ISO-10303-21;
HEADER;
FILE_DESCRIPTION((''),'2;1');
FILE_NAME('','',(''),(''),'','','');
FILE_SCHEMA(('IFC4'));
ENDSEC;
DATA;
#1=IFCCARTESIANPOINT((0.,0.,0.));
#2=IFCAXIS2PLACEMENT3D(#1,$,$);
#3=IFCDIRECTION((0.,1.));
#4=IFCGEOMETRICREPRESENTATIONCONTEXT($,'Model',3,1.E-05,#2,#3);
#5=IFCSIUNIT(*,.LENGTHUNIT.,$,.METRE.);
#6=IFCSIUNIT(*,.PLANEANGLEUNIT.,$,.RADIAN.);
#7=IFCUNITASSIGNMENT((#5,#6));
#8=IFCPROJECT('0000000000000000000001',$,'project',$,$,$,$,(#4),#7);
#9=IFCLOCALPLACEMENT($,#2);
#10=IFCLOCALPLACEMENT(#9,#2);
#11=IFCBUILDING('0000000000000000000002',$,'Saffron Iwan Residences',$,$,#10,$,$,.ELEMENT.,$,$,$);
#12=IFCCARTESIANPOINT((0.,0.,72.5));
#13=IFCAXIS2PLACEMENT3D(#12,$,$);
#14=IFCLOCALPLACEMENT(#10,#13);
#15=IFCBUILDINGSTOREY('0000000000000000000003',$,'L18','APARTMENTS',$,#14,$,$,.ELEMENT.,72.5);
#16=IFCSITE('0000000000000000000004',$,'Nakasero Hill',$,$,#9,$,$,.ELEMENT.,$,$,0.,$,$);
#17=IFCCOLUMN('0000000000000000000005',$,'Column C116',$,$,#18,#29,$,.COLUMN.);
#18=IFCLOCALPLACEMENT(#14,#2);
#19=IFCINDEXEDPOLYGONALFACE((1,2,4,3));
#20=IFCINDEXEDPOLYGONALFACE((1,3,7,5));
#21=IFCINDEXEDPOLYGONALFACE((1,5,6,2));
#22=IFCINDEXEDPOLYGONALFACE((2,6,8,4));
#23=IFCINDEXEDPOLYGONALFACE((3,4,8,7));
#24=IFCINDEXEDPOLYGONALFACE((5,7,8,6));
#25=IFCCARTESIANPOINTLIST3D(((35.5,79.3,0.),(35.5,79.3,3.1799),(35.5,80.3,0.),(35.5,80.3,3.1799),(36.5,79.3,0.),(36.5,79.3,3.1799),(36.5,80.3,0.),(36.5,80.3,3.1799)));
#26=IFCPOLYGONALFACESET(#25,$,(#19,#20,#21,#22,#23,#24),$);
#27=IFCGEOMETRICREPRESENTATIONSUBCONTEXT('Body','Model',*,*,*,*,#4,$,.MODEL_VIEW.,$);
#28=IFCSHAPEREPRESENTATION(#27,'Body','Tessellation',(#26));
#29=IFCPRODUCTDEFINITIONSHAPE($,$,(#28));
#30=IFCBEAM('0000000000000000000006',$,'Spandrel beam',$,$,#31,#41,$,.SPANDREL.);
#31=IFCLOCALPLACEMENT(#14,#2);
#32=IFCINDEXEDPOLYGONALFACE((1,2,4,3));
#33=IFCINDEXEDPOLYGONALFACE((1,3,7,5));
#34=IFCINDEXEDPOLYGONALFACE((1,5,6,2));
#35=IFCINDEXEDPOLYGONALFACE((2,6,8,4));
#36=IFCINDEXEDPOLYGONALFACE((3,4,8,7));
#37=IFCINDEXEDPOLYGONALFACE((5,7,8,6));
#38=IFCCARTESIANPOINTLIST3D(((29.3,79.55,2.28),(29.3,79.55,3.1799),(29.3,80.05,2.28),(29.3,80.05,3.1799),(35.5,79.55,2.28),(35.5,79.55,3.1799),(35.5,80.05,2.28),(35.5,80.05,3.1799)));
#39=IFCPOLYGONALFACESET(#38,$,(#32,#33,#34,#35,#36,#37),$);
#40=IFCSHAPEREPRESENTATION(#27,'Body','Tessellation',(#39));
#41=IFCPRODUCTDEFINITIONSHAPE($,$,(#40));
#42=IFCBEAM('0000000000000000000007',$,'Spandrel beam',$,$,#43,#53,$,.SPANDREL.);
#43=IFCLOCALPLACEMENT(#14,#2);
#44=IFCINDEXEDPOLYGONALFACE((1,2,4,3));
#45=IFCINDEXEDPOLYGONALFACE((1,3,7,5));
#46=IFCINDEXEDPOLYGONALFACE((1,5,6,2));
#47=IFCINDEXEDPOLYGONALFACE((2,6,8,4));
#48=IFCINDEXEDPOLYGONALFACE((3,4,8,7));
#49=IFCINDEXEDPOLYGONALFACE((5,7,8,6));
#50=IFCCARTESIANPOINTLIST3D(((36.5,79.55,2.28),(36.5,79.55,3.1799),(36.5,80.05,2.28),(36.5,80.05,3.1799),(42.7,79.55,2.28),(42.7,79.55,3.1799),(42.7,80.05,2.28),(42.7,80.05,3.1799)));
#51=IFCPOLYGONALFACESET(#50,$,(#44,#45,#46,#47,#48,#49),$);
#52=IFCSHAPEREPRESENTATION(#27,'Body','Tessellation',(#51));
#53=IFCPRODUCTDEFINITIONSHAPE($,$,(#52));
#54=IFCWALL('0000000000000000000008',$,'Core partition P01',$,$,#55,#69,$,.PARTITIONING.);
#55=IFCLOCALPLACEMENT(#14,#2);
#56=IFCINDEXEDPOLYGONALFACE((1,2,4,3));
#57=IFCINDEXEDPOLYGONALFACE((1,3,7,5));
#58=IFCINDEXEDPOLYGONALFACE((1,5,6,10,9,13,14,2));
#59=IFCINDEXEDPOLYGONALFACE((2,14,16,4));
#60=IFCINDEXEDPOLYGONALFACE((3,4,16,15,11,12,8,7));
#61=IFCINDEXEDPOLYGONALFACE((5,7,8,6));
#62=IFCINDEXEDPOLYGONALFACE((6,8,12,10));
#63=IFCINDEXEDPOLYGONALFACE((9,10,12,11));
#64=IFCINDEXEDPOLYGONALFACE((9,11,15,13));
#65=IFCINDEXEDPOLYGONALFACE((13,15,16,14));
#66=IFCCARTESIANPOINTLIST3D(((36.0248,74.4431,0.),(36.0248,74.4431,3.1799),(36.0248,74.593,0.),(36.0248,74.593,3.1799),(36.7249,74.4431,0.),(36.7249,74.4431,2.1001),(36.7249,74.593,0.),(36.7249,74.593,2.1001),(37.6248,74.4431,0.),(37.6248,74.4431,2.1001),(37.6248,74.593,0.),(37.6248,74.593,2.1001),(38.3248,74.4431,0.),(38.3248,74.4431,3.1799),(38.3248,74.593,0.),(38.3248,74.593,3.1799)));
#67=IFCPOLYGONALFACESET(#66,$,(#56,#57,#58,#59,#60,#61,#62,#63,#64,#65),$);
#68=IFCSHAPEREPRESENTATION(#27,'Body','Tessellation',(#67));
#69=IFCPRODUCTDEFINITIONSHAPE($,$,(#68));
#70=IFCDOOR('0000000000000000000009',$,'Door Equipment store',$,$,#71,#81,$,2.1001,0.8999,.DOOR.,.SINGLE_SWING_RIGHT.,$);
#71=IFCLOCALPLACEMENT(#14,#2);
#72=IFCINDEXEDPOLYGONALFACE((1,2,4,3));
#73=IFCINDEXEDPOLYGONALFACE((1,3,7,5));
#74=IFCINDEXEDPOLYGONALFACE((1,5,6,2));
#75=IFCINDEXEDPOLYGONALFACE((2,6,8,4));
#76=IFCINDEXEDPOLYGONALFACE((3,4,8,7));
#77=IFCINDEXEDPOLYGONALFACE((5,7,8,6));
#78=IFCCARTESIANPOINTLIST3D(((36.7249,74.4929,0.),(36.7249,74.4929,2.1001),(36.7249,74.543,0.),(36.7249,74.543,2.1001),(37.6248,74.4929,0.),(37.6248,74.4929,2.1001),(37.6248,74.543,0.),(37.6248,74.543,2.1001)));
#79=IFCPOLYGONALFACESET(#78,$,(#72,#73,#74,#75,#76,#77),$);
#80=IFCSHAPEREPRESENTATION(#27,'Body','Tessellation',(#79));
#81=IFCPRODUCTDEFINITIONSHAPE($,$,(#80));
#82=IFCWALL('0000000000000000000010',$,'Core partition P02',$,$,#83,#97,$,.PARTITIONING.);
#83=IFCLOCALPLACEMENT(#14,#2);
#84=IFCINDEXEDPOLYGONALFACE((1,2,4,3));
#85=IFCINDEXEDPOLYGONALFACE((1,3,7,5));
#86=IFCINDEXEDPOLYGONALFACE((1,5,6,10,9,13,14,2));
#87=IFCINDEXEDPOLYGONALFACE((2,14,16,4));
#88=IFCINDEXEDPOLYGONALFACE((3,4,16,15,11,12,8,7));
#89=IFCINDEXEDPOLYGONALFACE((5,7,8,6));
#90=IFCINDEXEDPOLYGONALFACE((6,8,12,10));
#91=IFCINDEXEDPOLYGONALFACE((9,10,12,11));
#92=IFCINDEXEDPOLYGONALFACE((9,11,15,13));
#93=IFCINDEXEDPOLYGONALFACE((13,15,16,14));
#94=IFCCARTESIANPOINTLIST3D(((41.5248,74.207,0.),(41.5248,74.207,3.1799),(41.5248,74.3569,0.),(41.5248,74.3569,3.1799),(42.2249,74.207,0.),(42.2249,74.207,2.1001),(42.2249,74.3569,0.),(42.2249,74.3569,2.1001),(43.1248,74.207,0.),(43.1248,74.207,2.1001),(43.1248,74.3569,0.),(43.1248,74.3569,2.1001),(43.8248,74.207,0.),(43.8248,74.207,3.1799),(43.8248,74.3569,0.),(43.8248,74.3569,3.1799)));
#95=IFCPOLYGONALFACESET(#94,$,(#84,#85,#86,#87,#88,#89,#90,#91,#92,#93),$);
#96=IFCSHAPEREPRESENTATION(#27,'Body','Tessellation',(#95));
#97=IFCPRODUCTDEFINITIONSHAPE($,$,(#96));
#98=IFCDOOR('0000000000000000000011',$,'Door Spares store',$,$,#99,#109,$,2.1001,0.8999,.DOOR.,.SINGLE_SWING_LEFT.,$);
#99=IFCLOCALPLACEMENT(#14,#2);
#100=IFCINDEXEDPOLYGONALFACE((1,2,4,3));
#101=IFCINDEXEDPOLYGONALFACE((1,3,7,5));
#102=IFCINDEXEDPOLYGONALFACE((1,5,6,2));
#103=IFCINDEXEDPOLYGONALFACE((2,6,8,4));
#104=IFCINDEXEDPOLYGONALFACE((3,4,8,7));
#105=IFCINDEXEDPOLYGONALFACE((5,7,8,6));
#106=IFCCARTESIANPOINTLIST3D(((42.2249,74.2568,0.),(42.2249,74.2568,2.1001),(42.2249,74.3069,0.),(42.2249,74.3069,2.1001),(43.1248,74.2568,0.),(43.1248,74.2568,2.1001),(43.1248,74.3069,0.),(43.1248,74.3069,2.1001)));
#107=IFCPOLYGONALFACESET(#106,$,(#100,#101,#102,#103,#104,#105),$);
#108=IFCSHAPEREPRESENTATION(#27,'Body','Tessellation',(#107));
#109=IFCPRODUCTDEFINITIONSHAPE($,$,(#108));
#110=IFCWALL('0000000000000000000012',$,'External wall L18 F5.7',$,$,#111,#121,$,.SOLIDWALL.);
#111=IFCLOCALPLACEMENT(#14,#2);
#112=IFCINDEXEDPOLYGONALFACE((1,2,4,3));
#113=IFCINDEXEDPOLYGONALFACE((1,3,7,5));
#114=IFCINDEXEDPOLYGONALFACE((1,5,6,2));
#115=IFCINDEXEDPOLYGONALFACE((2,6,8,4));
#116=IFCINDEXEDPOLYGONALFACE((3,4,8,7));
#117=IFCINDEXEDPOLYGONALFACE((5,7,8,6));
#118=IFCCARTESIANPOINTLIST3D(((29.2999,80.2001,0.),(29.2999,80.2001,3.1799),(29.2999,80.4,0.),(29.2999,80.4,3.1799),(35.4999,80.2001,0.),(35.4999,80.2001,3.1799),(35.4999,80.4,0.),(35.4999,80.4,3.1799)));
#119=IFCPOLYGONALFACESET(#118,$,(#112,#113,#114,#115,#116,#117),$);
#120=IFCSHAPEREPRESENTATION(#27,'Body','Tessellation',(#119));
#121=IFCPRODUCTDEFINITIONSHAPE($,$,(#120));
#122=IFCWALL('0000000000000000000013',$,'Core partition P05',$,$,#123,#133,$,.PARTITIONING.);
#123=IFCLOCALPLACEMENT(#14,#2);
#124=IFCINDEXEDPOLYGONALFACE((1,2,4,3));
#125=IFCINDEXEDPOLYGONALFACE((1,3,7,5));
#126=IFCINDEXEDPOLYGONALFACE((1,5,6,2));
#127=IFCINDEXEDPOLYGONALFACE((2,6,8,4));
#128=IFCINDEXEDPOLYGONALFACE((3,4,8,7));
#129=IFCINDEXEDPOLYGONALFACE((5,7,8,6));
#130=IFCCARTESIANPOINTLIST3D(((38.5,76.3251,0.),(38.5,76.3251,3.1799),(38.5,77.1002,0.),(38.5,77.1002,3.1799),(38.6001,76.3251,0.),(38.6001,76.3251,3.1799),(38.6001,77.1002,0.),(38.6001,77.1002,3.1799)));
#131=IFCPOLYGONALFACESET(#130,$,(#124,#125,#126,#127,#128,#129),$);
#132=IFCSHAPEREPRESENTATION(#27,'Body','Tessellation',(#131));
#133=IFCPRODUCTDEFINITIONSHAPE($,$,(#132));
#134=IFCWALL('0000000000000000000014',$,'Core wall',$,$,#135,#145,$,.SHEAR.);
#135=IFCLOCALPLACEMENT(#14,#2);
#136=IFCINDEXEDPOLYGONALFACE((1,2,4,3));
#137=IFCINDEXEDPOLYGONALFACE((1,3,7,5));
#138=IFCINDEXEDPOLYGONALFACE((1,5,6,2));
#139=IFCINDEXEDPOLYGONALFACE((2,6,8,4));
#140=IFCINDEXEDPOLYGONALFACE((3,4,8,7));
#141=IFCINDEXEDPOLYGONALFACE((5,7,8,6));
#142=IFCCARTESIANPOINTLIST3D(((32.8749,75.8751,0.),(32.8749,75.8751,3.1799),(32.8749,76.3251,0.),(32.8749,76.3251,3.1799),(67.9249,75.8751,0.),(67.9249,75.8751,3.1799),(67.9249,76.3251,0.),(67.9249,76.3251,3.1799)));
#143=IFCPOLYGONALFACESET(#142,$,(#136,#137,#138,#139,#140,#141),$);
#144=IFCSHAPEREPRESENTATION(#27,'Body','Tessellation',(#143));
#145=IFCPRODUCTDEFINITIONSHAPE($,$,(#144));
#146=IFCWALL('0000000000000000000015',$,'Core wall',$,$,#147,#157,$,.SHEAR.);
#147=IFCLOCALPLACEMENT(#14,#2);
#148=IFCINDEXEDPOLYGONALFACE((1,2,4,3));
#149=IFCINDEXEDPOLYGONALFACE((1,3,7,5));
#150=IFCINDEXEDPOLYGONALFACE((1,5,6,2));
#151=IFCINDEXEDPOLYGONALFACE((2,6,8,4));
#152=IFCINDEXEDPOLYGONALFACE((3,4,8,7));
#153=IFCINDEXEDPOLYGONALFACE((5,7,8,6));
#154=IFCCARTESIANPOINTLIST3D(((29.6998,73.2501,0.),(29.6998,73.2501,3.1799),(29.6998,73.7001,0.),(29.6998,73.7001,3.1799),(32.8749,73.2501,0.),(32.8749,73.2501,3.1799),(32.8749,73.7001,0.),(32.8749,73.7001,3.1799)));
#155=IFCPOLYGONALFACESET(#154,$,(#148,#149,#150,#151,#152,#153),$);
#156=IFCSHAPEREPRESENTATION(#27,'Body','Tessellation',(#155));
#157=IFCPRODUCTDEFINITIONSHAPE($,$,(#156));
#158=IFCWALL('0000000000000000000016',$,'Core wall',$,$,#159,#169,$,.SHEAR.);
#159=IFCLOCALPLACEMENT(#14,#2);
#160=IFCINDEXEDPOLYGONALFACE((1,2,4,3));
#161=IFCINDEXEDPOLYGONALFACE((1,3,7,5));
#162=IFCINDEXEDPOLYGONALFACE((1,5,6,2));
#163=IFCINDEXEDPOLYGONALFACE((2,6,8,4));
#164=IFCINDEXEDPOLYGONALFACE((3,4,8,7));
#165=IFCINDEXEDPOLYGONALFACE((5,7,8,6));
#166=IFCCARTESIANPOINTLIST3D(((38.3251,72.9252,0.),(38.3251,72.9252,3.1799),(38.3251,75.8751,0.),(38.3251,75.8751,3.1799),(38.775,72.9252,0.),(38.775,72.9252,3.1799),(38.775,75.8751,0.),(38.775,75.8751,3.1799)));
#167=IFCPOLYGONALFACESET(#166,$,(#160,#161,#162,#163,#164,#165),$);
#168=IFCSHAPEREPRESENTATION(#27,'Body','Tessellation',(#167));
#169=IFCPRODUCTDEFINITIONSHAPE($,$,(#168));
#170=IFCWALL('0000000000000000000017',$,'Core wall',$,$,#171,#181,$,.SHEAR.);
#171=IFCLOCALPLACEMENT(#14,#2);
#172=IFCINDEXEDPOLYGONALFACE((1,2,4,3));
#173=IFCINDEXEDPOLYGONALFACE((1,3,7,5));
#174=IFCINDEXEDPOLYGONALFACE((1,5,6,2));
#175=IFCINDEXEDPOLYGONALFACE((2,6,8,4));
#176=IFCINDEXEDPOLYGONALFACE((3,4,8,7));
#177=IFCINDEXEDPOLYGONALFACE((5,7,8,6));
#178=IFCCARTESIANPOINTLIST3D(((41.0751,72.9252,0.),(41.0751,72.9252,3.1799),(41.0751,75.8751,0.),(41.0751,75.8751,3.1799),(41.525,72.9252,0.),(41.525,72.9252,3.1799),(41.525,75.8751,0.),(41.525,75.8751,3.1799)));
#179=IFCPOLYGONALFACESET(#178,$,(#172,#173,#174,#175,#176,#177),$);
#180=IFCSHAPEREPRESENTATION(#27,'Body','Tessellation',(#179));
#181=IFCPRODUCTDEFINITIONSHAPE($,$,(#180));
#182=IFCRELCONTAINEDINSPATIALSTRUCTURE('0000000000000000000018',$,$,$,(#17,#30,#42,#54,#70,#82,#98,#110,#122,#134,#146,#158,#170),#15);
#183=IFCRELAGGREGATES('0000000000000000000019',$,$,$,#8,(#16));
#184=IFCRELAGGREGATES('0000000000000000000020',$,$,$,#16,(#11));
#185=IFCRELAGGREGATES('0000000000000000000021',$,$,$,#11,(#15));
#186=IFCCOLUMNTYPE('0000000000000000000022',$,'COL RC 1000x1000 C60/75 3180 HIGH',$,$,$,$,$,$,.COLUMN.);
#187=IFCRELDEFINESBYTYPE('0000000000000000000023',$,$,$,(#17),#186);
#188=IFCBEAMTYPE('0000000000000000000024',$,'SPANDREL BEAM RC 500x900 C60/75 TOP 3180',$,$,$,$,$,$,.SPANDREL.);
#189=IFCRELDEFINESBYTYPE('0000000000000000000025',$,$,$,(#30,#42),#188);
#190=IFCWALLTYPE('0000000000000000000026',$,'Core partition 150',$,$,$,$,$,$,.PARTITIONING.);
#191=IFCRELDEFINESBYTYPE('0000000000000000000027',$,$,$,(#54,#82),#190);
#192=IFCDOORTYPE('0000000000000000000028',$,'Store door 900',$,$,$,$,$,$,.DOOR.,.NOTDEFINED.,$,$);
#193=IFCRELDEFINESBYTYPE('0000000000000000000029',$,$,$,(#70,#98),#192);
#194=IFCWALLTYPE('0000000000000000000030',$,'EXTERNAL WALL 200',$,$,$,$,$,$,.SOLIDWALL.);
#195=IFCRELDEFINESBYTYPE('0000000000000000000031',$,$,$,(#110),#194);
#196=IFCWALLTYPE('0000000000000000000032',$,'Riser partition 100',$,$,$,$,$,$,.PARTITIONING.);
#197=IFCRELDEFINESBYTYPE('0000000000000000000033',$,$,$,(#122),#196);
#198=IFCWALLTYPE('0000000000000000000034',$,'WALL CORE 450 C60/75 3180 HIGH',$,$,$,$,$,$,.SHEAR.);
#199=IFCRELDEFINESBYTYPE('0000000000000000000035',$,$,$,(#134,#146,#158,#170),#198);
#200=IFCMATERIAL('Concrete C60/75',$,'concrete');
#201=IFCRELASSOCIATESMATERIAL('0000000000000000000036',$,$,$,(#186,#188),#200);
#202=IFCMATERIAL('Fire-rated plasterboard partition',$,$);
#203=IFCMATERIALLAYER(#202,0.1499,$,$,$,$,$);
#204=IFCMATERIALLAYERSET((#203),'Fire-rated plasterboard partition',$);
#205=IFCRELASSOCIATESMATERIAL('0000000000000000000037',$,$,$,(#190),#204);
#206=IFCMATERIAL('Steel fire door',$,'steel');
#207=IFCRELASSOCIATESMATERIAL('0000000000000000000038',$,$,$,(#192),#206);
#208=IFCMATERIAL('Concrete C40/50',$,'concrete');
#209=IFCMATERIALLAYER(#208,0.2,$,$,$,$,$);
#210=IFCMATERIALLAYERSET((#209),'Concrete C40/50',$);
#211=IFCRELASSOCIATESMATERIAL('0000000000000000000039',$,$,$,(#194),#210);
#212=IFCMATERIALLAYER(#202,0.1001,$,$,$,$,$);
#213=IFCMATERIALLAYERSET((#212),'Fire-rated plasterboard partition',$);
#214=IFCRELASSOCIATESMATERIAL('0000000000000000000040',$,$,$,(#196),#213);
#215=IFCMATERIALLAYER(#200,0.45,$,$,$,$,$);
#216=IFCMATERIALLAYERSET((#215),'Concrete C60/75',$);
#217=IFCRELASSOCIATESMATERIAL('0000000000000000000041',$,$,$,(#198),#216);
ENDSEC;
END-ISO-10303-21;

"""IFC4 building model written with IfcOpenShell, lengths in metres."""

from ifc_helpers import new_model, si_unit, direction, frame, frame_2d, origin, origin_2d, place, context, subcontext, project, spatial, rectangle, extrude, source, transform, mapped, material, layer, layer_set, material_profile, profile_set, type_object, element, fill, save


model = new_model("IFC4")

# Units and contexts
model_context = context("Model", 3, precision=1e-05, world=origin(), true_north=direction((0.0, 1.0)))
body_context = subcontext(model_context, "Body", "Model", "MODEL_VIEW")
ifc_project = project(units=[si_unit("LENGTHUNIT", "METRE"), si_unit("PLANEANGLEUNIT", "RADIAN")], contexts=[model_context])

# Site, building, storey
site_placement = place(None, origin())
site = spatial("IfcSite", under=ifc_project, at=site_placement, Name="Nakasero Hill", CompositionType="ELEMENT", RefElevation=0.0)
building_placement = place(site_placement, origin())
building = spatial("IfcBuilding", under=site, at=building_placement, Name="Saffron Iwan Residences", CompositionType="ELEMENT")
storey_placement = place(building_placement, frame((0.0, 0.0, 72.5)))
storey = spatial("IfcBuildingStorey", under=building, at=storey_placement, Name="L18", Description="APARTMENTS", CompositionType="ELEMENT", Elevation=72.5)

# Column
ifc_material_1 = material(Name="Concrete C60/75", Category="concrete")
ifc_material_profile_1 = material_profile(ifc_material_1, rectangle(XDim=1.0, YDim=1.0, at=origin_2d()), Name="RC 1000x1000")
ifc_profile_set_1 = profile_set([ifc_material_profile_1], Name="Concrete C60/75")
column_type = type_object("IfcColumnType", Name="COL RC 1000x1000 C60/75 3180 HIGH", PredefinedType="COLUMN", material=ifc_profile_set_1)
shared_shape_1 = source(origin(), body_context, "Body", "SweptSolid", [
    extrude(rectangle(XDim=1.0, YDim=1.0, at=origin_2d()), origin(), (0.0, 0.0, 1.0), 3.1799),
])
column_placement = place(storey_placement, frame((36.0, 79.8, 0.0), z_axis=(0.0, 0.0, 1.0), x_axis=(1.0, 0.0, 0.0)))
element("IfcColumn", 1, at=column_placement, inside=storey, type_object=column_type, Name="Column C116", PredefinedType="COLUMN", context=body_context, shape_type="MappedRepresentation", body=[
    mapped(shared_shape_1, transform((0.0, 0.0, 0.0))),
])

# Beams
ifc_material_profile_2 = material_profile(ifc_material_1, rectangle(XDim=0.5, YDim=0.8999, at=origin_2d()), Name="RC 500x900")
ifc_profile_set_2 = profile_set([ifc_material_profile_2], Name="Concrete C60/75")
beam_type = type_object("IfcBeamType", Name="SPANDREL BEAM RC 500x900 C60/75 TOP 3180", PredefinedType="SPANDREL", material=ifc_profile_set_2)
shared_shape_2 = source(origin(), body_context, "Body", "SweptSolid", [
    extrude(rectangle(XDim=0.5, YDim=0.8999, at=origin_2d()), origin(), (0.0, 0.0, 1.0), 6.2),
])
for number, where, z_axis, x_axis, name in (
    (2, (29.3, 79.8, 2.73), (1.0, 0.0, 0.0), (0.0, 1.0, 0.0), "Spandrel beam"),
    (3, (36.5, 79.8, 2.73), (1.0, 0.0, 0.0), (0.0, 1.0, 0.0), "Spandrel beam"),
):
    element("IfcBeam", number, at=place(storey_placement, frame(where, z_axis=z_axis, x_axis=x_axis)), inside=storey, type_object=beam_type, Name=name, PredefinedType="SPANDREL", context=body_context, shape_type="MappedRepresentation", body=[
        mapped(shared_shape_2, transform((0.0, 0.0, 0.0))),
    ])

# Walls, openings, doors
ifc_material_2 = material(Name="Fire-rated plasterboard partition")
ifc_layer_1 = layer(ifc_material_2, 0.1499)
ifc_layer_set_1 = layer_set([ifc_layer_1], Name="Fire-rated plasterboard partition")
wall_type_1 = type_object("IfcWallType", Name="Core partition 150", PredefinedType="PARTITIONING", material=ifc_layer_set_1)
wall_1_placement = place(storey_placement, frame((36.0249, 74.5181, 0.0), z_axis=(0.0, 0.0, 1.0), x_axis=(1.0, 0.0, 0.0)))
wall_1 = element("IfcWall", 4, at=wall_1_placement, inside=storey, type_object=wall_type_1, Name="Core partition P01", PredefinedType="PARTITIONING", context=body_context, shape_type="SweptSolid", body=[
    extrude(rectangle(XDim=2.3, YDim=0.1499, at=frame_2d((1.1499, 0.0))), origin(), (0.0, 0.0, 1.0), 3.1799),
])
opening_1_placement = place(wall_1_placement, frame((0.7, 0.0, 0.0)))
opening_1 = element("IfcOpeningElement", 5, at=opening_1_placement, cuts=wall_1, PredefinedType="OPENING", context=body_context, shape_type="SweptSolid", body=[
    extrude(rectangle(XDim=0.8999, YDim=2.1001, at=frame_2d((0.45, 1.05))), frame((0.0, 0.085, 0.0), z_axis=(0.0, -1.0, 0.0), x_axis=(1.0, 0.0, 0.0)), (0.0, 0.0, 1.0), 0.1699),
])
ifc_material_3 = material(Name="Steel fire door", Category="steel")
door_type = type_object("IfcDoorType", Name="Store door 900", OperationType="NOTDEFINED", PredefinedType="DOOR", material=ifc_material_3)
door_1_placement = place(opening_1_placement, origin())
door_1 = element("IfcDoor", 6, at=door_1_placement, inside=storey, type_object=door_type, Name="Door Equipment store", OperationType="SINGLE_SWING_RIGHT", OverallHeight=2.1001, OverallWidth=0.8999, PredefinedType="DOOR", context=body_context, shape_type="SweptSolid", body=[
    extrude(rectangle(XDim=0.8999, YDim=2.1001, at=frame_2d((0.45, 1.05))), frame((0.0, 0.0249, 0.0), z_axis=(0.0, -1.0, 0.0), x_axis=(1.0, 0.0, 0.0)), (0.0, 0.0, 1.0), 0.05),
])
fill(opening_1, door_1)
wall_2_placement = place(storey_placement, frame((41.5249, 74.282, 0.0), z_axis=(0.0, 0.0, 1.0), x_axis=(1.0, 0.0, 0.0)))
wall_2 = element("IfcWall", 7, at=wall_2_placement, inside=storey, type_object=wall_type_1, Name="Core partition P02", PredefinedType="PARTITIONING", context=body_context, shape_type="SweptSolid", body=[
    extrude(rectangle(XDim=2.3, YDim=0.1499, at=frame_2d((1.1499, 0.0))), origin(), (0.0, 0.0, 1.0), 3.1799),
])
opening_2_placement = place(wall_2_placement, frame((0.7, 0.0, 0.0)))
opening_2 = element("IfcOpeningElement", 8, at=opening_2_placement, cuts=wall_2, PredefinedType="OPENING", context=body_context, shape_type="SweptSolid", body=[
    extrude(rectangle(XDim=0.8999, YDim=2.1001, at=frame_2d((0.45, 1.05))), frame((0.0, 0.085, 0.0), z_axis=(0.0, -1.0, 0.0), x_axis=(1.0, 0.0, 0.0)), (0.0, 0.0, 1.0), 0.1699),
])
door_2_placement = place(opening_2_placement, origin())
door_2 = element("IfcDoor", 9, at=door_2_placement, inside=storey, type_object=door_type, Name="Door Spares store", OperationType="SINGLE_SWING_LEFT", OverallHeight=2.1001, OverallWidth=0.8999, PredefinedType="DOOR", context=body_context, shape_type="SweptSolid", body=[
    extrude(rectangle(XDim=0.8999, YDim=2.1001, at=frame_2d((0.45, 1.05))), frame((0.0, 0.0249, 0.0), z_axis=(0.0, -1.0, 0.0), x_axis=(1.0, 0.0, 0.0)), (0.0, 0.0, 1.0), 0.05),
])
fill(opening_2, door_2)

# Walls
ifc_material_4 = material(Name="Concrete C40/50", Category="concrete")
ifc_layer_2 = layer(ifc_material_4, 0.2)
ifc_layer_set_2 = layer_set([ifc_layer_2], Name="Concrete C40/50")
wall_type_2 = type_object("IfcWallType", Name="EXTERNAL WALL 200", PredefinedType="SOLIDWALL", material=ifc_layer_set_2)
wall_3_placement = place(storey_placement, frame((35.5, 80.3, 0.0), z_axis=(0.0, 0.0, 1.0), x_axis=(-1.0, 0.0, 0.0)))
element("IfcWall", 10, at=wall_3_placement, inside=storey, type_object=wall_type_2, Name="External wall L18 F5.7", PredefinedType="SOLIDWALL", context=body_context, shape_type="SweptSolid", body=[
    extrude(rectangle(XDim=6.2, YDim=0.2, at=frame_2d((3.1001, 0.0))), origin(), (0.0, 0.0, 1.0), 3.1799),
])
ifc_layer_3 = layer(ifc_material_2, 0.1001)
ifc_layer_set_3 = layer_set([ifc_layer_3], Name="Fire-rated plasterboard partition")
wall_type_3 = type_object("IfcWallType", Name="Riser partition 100", PredefinedType="PARTITIONING", material=ifc_layer_set_3)
wall_4_placement = place(storey_placement, frame((38.55, 76.325, 0.0), z_axis=(0.0, 0.0, 1.0), x_axis=(0.0, 1.0, 0.0)))
element("IfcWall", 11, at=wall_4_placement, inside=storey, type_object=wall_type_3, Name="Core partition P05", PredefinedType="PARTITIONING", context=body_context, shape_type="SweptSolid", body=[
    extrude(rectangle(XDim=0.7751, YDim=0.1001, at=frame_2d((0.3877, 0.0))), origin(), (0.0, 0.0, 1.0), 3.1799),
])
ifc_layer_4 = layer(ifc_material_1, 0.45)
ifc_layer_set_4 = layer_set([ifc_layer_4], Name="Concrete C60/75")
wall_type_4 = type_object("IfcWallType", Name="WALL CORE 450 C60/75 3180 HIGH", PredefinedType="SHEAR", material=ifc_layer_set_4)
wall_5_placement = place(storey_placement, frame((32.875, 76.1001, 0.0), z_axis=(0.0, 0.0, 1.0), x_axis=(1.0, 0.0, 0.0)))
element("IfcWall", 12, at=wall_5_placement, inside=storey, type_object=wall_type_4, Name="Core wall", PredefinedType="SHEAR", context=body_context, shape_type="SweptSolid", body=[
    extrude(rectangle(XDim=35.05, YDim=0.45, at=frame_2d((17.5249, 0.0))), origin(), (0.0, 0.0, 1.0), 3.1799),
])
wall_6_placement = place(storey_placement, frame((29.7, 73.4751, 0.0), z_axis=(0.0, 0.0, 1.0), x_axis=(1.0, 0.0, 0.0)))
element("IfcWall", 13, at=wall_6_placement, inside=storey, type_object=wall_type_4, Name="Core wall", PredefinedType="SHEAR", context=body_context, shape_type="SweptSolid", body=[
    extrude(rectangle(XDim=3.175, YDim=0.45, at=frame_2d((1.5874, 0.0))), origin(), (0.0, 0.0, 1.0), 3.1799),
])
for number, where, z_axis, x_axis, name in (
    (14, (38.55, 72.925, 0.0), (0.0, 0.0, 1.0), (0.0, 1.0, 0.0), "Core wall"),
    (15, (41.3, 72.925, 0.0), (0.0, 0.0, 1.0), (0.0, 1.0, 0.0), "Core wall"),
):
    element("IfcWall", number, at=place(storey_placement, frame(where, z_axis=z_axis, x_axis=x_axis)), inside=storey, type_object=wall_type_4, Name=name, PredefinedType="SHEAR", context=body_context, shape_type="SweptSolid", body=[
        extrude(rectangle(XDim=2.95, YDim=0.45, at=frame_2d((1.4751, 0.0))), origin(), (0.0, 0.0, 1.0), 3.1799),
    ])

save(model, "model.ifc")
